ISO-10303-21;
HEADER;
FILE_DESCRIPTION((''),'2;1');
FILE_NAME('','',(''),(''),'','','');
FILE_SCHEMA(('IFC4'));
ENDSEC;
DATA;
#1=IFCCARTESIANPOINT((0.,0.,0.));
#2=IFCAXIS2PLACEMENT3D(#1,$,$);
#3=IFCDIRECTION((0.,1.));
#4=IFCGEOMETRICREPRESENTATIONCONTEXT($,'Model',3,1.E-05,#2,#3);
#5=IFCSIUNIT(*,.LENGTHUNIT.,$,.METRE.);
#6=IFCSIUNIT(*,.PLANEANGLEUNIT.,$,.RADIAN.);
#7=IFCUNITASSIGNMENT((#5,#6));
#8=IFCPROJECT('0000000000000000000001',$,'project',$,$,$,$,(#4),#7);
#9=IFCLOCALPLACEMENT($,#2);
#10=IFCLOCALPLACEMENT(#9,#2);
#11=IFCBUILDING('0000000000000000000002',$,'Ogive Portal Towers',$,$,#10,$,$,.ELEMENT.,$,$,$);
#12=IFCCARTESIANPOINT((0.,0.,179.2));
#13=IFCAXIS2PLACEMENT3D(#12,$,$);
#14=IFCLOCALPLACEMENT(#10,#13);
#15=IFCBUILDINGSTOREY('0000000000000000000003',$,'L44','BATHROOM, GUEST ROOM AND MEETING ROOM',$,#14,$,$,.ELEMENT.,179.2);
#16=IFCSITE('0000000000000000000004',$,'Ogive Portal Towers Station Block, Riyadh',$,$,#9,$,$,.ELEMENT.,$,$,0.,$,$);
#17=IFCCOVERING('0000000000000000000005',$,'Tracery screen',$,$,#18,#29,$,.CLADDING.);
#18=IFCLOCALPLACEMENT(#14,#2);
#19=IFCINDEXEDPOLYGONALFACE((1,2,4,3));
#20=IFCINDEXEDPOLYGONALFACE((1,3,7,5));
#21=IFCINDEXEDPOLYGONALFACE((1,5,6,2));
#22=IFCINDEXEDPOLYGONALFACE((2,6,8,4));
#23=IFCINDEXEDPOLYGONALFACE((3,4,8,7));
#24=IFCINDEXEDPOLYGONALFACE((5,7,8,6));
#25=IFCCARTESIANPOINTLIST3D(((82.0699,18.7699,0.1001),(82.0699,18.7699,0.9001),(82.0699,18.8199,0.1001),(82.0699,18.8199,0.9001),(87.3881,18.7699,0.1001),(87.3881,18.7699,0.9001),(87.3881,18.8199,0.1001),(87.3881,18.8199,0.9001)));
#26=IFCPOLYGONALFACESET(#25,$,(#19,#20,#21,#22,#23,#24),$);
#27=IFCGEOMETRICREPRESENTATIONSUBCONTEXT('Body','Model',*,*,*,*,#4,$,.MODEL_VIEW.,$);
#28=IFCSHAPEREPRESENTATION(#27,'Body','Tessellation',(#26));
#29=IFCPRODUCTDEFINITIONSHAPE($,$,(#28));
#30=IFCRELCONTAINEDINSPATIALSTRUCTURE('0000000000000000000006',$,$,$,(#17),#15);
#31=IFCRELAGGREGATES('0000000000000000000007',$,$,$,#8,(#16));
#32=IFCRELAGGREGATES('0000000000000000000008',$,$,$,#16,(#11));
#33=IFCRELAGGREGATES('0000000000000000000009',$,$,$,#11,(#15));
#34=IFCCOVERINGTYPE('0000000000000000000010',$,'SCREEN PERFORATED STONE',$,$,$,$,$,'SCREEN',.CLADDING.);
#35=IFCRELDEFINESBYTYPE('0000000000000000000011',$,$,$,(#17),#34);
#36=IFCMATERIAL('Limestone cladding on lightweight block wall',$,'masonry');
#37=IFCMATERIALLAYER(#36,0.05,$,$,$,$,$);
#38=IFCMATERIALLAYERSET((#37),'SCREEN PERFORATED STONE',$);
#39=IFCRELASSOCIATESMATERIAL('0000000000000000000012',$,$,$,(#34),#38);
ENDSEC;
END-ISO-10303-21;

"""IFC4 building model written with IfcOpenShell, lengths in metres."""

from ifc_helpers import new_model, si_unit, direction, frame, origin, origin_2d, place, context, subcontext, project, spatial, rectangle, extrude, material, layer, layer_set, type_object, element, save


model = new_model("IFC4")

# Units and contexts
model_context = context("Model", 3, precision=1e-05, world=origin(), true_north=direction((0.0, 1.0)))
body_context = subcontext(model_context, "Body", "Model", "MODEL_VIEW")
ifc_project = project(units=[si_unit("LENGTHUNIT", "METRE"), si_unit("PLANEANGLEUNIT", "RADIAN")], contexts=[model_context])

# Site, building, storey
site_placement = place(None, origin())
site = spatial("IfcSite", under=ifc_project, at=site_placement, Name="Ogive Portal Towers Station Block, Riyadh", CompositionType="ELEMENT", RefElevation=0.0)
building_placement = place(site_placement, origin())
building = spatial("IfcBuilding", under=site, at=building_placement, Name="Ogive Portal Towers", CompositionType="ELEMENT")
storey_placement = place(building_placement, frame((0.0, 0.0, 179.2)))
storey = spatial("IfcBuildingStorey", under=building, at=storey_placement, Name="L44", Description="BATHROOM, GUEST ROOM AND MEETING ROOM", CompositionType="ELEMENT", Elevation=179.2)

# Covering
ifc_material_1 = material(Name="Limestone cladding on lightweight block wall", Category="masonry")
ifc_layer_1 = layer(ifc_material_1, 0.05)
ifc_layer_set_1 = layer_set([ifc_layer_1], Name="SCREEN PERFORATED STONE")
covering_type_1 = type_object("IfcCoveringType", Name="SCREEN PERFORATED STONE", ElementType="SCREEN", PredefinedType="CLADDING", material=ifc_layer_set_1)
covering_1_placement = place(storey_placement, frame((84.729, 18.7949, 0.1001), z_axis=(0.0, 0.0, 1.0), x_axis=(1.0, 0.0, 0.0)))
element("IfcCovering", 1, at=covering_1_placement, inside=storey, type_object=covering_type_1, Name="Tracery screen", PredefinedType="CLADDING", context=body_context, shape_type="SweptSolid", body=[
    extrude(rectangle(XDim=5.3181, YDim=0.05, at=origin_2d()), origin(), (0.0, 0.0, 1.0), 0.8),
])

save(model, "model.ifc")
